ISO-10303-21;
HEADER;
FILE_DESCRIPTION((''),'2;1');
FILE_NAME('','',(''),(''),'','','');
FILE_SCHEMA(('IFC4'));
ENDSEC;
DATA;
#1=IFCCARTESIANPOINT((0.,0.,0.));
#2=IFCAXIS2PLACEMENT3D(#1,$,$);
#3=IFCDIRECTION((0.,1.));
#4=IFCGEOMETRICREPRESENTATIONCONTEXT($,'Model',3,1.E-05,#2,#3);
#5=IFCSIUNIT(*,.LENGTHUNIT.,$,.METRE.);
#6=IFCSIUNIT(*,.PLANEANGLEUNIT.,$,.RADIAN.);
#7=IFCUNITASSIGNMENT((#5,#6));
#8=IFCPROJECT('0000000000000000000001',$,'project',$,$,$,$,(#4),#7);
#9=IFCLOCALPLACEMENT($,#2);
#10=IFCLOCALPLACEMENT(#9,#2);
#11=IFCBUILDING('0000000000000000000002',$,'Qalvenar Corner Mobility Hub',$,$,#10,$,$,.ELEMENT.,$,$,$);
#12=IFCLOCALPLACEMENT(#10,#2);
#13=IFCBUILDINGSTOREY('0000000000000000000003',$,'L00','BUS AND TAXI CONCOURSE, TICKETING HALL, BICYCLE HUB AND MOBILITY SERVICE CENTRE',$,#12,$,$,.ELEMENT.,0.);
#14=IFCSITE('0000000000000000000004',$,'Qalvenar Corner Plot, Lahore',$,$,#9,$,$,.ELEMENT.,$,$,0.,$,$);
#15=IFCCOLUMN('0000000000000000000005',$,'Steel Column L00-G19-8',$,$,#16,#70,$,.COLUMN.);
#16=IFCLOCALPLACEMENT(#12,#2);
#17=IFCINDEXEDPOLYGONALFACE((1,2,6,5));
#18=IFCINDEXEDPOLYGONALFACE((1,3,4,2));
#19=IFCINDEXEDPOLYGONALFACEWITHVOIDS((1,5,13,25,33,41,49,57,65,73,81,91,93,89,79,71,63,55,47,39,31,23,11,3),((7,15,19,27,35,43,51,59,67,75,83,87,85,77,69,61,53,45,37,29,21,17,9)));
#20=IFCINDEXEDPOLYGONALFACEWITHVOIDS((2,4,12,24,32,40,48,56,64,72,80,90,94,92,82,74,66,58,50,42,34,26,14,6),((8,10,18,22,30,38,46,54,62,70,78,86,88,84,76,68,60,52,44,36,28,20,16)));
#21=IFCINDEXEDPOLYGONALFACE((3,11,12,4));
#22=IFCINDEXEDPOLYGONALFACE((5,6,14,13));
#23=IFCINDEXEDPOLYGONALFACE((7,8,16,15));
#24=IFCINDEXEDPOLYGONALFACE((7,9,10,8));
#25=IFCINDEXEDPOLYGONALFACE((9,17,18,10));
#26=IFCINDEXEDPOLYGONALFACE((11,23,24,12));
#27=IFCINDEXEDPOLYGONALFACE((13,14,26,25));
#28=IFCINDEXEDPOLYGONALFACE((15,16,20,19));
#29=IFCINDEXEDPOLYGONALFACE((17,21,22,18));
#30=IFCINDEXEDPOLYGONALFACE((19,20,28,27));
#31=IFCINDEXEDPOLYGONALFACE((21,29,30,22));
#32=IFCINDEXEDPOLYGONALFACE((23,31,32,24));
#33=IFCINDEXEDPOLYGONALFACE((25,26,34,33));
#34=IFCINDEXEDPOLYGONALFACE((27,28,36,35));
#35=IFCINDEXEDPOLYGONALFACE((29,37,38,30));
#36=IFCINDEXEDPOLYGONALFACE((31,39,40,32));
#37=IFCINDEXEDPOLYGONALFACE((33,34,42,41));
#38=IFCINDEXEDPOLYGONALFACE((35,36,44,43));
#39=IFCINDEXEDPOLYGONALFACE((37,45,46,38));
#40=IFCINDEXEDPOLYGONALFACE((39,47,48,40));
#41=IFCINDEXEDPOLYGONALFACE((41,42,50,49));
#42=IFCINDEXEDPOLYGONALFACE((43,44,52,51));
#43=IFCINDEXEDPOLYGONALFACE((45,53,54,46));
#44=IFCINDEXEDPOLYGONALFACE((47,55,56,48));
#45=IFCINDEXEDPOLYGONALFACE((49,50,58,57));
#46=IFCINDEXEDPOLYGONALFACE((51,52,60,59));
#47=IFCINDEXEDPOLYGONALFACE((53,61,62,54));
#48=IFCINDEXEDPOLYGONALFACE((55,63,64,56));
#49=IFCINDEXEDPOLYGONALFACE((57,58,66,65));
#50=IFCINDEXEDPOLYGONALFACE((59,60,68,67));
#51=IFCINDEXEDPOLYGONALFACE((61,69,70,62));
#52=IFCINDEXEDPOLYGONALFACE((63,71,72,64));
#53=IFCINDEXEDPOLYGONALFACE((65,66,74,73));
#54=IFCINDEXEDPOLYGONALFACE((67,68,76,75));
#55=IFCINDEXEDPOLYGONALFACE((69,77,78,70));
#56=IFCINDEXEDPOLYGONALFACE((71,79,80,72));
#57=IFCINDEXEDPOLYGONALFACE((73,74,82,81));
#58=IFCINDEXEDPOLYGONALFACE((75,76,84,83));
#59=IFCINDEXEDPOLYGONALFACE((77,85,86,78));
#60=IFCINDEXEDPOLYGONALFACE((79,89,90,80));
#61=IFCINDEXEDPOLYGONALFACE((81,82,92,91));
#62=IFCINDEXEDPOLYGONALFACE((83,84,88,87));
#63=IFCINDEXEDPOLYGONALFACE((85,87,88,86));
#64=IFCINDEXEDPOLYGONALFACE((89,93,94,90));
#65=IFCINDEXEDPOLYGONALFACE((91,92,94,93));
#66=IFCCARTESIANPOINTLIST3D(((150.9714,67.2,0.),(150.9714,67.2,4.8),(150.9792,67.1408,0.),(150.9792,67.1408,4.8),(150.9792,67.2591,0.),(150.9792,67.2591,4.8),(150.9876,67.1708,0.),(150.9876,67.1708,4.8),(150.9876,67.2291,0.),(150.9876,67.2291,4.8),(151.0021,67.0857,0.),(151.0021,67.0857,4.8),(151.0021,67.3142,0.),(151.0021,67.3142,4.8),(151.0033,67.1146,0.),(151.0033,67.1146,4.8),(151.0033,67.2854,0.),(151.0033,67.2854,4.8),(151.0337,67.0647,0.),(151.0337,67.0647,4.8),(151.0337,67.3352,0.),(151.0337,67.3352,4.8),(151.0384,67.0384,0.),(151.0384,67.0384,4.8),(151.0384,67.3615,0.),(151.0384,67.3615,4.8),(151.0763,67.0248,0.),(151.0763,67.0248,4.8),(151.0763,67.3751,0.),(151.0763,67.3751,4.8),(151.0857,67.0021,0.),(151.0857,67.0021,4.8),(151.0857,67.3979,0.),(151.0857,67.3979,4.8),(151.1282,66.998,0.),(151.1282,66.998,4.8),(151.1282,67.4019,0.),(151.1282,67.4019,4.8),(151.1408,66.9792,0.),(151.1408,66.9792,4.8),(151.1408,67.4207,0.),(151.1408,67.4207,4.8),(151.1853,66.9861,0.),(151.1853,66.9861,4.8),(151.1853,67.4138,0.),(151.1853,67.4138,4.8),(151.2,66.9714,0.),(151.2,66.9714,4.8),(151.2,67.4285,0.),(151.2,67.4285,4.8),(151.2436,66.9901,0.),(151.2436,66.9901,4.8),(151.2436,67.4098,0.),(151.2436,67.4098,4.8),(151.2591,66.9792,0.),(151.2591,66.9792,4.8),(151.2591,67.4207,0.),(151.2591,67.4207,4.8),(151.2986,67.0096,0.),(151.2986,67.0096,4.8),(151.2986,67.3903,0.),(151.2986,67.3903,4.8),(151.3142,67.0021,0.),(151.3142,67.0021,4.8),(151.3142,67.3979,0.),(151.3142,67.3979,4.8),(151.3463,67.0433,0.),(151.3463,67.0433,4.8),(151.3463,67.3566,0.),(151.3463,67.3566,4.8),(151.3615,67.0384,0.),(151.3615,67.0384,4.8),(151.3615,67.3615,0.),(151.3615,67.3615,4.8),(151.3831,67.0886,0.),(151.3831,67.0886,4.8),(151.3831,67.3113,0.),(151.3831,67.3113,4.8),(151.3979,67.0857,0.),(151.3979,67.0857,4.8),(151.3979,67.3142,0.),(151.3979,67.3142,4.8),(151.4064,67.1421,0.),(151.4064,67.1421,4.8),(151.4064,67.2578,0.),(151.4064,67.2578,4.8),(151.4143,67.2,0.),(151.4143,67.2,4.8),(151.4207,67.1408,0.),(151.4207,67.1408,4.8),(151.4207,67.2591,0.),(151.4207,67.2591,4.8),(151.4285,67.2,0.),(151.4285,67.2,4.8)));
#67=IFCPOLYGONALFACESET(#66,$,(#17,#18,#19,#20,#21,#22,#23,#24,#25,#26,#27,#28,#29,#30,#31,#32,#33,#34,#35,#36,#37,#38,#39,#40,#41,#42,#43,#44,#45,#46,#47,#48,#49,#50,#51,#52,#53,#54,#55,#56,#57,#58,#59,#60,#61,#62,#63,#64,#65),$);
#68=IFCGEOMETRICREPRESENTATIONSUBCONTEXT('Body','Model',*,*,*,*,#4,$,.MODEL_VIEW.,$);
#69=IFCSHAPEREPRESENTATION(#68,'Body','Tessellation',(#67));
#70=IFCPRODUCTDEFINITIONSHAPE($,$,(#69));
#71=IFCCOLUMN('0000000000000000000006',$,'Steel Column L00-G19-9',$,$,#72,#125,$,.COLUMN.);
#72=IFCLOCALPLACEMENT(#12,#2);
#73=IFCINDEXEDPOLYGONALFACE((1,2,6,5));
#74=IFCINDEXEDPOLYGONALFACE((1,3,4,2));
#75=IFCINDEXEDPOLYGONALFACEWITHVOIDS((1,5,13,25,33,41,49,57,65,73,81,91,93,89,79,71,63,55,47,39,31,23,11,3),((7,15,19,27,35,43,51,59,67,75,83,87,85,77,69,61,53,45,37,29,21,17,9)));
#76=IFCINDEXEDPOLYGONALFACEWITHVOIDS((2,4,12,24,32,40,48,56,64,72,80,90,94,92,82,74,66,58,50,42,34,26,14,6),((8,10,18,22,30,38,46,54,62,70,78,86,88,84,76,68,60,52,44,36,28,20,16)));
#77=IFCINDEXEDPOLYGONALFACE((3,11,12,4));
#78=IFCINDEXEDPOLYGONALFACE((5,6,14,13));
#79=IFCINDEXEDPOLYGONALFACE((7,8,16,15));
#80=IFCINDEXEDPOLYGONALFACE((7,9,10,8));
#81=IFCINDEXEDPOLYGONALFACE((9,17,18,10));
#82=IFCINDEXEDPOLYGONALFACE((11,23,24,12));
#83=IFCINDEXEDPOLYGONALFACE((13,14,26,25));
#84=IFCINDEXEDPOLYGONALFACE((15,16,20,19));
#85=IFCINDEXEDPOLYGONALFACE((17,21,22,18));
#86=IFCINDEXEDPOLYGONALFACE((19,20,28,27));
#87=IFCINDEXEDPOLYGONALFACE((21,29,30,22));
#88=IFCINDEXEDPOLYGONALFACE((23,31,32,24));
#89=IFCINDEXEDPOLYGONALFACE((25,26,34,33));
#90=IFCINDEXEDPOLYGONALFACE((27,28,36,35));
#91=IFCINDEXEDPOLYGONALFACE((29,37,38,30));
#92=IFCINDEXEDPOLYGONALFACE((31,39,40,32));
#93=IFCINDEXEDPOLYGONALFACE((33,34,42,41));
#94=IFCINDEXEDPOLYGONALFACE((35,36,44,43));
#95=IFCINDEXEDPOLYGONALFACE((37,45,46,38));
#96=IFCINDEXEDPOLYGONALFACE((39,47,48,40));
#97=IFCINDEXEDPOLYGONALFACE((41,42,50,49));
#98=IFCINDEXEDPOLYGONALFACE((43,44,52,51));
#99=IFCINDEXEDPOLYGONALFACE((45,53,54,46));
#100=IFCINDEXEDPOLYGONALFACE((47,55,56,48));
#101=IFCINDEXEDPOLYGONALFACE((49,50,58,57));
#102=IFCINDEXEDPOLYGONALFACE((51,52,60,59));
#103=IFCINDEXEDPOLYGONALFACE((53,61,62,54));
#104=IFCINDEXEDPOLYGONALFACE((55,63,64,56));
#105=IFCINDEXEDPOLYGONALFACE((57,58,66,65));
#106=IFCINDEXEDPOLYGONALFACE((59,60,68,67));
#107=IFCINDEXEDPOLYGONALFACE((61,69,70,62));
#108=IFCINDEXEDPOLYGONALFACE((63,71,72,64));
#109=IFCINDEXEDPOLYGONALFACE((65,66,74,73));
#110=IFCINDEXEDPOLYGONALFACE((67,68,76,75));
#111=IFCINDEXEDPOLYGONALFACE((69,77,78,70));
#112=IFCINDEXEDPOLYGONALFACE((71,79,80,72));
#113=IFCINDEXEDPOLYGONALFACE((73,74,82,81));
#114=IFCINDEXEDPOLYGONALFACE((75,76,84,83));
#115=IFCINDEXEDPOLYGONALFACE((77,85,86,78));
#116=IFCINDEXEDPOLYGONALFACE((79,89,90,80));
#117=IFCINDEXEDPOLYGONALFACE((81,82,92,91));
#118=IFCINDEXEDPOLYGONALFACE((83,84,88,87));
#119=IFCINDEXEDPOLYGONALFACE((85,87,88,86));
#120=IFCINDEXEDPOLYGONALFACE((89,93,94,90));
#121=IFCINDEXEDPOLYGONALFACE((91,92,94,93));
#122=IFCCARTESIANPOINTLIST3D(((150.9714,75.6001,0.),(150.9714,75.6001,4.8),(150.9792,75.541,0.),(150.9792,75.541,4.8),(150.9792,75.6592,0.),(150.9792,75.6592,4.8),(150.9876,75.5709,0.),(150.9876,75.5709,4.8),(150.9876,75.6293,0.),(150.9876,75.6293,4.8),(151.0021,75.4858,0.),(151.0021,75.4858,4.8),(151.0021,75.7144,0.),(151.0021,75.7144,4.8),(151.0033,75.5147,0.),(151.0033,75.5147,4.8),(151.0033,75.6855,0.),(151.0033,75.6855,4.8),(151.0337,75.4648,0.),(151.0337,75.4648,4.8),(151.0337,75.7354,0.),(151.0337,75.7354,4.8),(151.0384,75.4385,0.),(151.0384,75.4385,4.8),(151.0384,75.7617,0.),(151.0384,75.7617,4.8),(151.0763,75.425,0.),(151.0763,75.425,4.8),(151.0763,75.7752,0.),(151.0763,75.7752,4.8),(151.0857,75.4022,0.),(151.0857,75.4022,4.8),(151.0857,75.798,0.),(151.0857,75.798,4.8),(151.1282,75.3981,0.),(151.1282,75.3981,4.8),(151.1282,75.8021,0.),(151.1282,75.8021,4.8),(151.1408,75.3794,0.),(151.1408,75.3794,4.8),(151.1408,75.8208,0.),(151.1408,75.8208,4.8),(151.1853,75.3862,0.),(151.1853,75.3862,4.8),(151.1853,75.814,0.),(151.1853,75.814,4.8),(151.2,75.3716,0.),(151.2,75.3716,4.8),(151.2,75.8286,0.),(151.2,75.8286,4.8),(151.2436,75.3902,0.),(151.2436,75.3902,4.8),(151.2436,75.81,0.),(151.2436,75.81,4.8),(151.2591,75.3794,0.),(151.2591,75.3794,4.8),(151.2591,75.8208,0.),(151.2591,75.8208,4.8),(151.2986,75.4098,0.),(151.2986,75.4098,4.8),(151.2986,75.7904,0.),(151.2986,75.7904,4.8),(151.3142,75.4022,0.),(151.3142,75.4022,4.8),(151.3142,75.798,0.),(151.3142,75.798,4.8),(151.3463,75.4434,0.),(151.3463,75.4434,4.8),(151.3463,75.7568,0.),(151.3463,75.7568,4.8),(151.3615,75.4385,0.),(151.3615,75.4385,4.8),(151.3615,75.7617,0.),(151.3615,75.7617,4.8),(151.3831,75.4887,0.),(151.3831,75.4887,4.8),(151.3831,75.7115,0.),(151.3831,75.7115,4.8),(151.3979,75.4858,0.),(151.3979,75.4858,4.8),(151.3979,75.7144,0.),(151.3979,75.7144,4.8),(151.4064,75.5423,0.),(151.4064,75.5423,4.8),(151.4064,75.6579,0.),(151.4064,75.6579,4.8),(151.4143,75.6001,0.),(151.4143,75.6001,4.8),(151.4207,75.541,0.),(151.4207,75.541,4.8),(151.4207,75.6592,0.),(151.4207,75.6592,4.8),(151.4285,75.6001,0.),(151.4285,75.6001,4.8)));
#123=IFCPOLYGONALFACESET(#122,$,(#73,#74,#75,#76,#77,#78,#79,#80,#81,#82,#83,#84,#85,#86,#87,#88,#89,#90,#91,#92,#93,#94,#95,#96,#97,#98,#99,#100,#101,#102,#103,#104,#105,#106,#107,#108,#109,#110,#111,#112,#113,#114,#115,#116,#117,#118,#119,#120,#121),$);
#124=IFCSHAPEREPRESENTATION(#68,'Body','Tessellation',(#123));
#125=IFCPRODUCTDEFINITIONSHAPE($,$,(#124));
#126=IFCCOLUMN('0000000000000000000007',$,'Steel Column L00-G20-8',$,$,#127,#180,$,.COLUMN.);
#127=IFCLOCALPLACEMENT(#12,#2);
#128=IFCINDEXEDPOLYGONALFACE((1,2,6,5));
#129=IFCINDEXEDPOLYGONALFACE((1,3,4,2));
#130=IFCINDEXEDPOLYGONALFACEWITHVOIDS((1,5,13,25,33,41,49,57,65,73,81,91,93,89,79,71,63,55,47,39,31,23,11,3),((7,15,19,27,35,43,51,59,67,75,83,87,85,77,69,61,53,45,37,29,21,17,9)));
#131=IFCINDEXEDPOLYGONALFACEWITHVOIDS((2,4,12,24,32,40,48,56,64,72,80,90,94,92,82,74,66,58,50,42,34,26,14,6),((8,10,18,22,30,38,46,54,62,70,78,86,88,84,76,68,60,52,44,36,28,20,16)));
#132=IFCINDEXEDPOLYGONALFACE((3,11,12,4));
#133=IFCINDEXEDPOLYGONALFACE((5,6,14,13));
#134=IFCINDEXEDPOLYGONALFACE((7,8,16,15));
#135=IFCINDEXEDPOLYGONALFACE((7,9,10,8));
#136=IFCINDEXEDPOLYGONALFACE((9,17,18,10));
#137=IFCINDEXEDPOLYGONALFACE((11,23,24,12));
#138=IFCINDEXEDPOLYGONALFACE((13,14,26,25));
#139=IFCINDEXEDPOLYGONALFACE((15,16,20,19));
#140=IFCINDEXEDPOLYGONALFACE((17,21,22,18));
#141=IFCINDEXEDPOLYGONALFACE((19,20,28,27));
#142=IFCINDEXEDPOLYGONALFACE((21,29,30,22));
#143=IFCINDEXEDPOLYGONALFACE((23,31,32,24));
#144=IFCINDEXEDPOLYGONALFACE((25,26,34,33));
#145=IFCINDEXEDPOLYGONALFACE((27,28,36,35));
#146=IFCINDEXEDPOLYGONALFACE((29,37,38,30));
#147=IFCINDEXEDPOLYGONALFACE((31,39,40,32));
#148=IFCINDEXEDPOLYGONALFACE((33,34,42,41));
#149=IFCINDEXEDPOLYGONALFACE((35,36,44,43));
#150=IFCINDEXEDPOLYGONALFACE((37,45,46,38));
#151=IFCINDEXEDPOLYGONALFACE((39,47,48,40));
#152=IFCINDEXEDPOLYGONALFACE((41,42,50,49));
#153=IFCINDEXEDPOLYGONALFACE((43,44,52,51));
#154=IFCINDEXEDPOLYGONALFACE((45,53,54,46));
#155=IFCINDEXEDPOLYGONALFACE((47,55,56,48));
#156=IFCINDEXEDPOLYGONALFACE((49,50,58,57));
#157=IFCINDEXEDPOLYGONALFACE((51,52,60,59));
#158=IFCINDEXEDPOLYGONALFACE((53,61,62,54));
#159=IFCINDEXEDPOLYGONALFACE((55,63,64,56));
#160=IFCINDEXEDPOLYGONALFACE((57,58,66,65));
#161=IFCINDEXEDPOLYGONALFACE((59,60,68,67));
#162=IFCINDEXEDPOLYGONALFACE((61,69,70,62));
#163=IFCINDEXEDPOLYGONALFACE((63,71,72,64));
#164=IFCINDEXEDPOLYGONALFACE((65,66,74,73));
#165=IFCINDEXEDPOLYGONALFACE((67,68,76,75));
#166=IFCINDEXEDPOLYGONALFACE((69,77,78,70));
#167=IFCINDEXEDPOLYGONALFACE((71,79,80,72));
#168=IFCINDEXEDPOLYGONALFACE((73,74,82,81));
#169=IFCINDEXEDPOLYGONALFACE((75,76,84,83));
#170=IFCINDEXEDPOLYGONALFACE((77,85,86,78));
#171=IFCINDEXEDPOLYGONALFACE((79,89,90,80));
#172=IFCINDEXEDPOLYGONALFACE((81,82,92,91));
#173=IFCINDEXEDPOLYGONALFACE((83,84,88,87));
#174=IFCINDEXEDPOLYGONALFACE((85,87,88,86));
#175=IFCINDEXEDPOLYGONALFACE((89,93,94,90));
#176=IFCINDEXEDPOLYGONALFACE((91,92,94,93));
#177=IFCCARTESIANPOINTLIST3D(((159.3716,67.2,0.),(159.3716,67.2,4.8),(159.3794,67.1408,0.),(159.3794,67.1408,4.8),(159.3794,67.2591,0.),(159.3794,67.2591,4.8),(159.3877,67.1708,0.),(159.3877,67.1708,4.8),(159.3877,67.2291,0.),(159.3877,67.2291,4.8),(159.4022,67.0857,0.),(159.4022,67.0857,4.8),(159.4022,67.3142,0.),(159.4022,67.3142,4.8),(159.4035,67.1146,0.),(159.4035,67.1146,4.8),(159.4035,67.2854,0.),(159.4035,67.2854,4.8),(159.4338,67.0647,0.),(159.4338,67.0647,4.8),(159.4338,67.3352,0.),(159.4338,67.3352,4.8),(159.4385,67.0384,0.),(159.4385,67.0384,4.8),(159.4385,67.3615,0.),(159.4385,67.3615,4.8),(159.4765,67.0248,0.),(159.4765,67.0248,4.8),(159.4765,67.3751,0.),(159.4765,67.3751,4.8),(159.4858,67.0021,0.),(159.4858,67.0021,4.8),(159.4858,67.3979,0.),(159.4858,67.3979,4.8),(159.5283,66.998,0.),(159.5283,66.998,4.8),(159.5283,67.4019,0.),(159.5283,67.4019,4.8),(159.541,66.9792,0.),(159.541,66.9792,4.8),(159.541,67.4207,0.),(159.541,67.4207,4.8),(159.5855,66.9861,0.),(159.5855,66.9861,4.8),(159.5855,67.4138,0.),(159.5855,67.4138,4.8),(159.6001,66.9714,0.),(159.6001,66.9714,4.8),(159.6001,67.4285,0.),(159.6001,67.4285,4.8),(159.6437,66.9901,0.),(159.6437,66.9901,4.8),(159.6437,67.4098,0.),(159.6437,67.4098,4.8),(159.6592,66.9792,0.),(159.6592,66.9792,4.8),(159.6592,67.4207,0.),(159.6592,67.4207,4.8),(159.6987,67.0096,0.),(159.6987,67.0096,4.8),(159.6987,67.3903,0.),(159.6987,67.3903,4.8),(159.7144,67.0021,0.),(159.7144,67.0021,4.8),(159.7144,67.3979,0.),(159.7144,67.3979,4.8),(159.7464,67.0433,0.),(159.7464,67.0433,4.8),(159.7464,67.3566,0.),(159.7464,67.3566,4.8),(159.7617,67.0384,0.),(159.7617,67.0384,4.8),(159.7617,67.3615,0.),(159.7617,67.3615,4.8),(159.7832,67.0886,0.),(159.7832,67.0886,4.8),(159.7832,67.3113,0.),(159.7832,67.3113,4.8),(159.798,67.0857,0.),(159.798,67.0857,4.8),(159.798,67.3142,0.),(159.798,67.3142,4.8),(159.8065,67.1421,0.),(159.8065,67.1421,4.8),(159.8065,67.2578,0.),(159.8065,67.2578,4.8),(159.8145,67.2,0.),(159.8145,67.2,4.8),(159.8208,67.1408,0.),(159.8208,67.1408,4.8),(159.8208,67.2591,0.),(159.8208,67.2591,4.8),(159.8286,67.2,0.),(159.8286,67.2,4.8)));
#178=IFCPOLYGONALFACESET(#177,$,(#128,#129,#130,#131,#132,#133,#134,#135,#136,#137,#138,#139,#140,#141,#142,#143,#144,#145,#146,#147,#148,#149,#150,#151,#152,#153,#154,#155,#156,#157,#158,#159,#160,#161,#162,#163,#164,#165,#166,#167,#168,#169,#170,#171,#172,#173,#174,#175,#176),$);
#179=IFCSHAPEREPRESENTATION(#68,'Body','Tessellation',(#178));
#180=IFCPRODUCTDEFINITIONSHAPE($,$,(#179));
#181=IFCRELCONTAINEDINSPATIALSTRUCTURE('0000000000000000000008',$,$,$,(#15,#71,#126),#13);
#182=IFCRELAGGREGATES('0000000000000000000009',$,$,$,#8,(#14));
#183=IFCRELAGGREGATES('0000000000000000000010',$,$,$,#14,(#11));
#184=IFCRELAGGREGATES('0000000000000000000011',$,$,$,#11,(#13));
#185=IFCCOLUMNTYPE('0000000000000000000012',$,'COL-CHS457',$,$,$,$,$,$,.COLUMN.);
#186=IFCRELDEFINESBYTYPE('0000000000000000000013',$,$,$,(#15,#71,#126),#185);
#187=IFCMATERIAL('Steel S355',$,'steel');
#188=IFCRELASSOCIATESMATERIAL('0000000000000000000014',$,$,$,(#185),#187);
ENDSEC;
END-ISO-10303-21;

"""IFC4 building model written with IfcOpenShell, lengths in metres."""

from ifc_helpers import new_model, si_unit, direction, frame, origin, origin_2d, place, context, subcontext, project, spatial, hollow_circle, extrude, material, material_profile, profile_set, type_object, element, save


model = new_model("IFC4")

# Units and contexts
model_context = context("Model", 3, precision=1e-05, world=origin(), true_north=direction((0.0, 1.0)))
body_context = subcontext(model_context, "Body", "Model", "MODEL_VIEW")
ifc_project = project(units=[si_unit("LENGTHUNIT", "METRE"), si_unit("PLANEANGLEUNIT", "RADIAN")], contexts=[model_context])

# Site, building, storey
site_placement = place(None, origin())
site = spatial("IfcSite", under=ifc_project, at=site_placement, Name="Qalvenar Corner Plot, Lahore", CompositionType="ELEMENT", RefElevation=0.0)
building_placement = place(site_placement, origin())
building = spatial("IfcBuilding", under=site, at=building_placement, Name="Qalvenar Corner Mobility Hub", CompositionType="ELEMENT")
storey_placement = place(building_placement, origin())
storey = spatial("IfcBuildingStorey", under=building, at=storey_placement, Name="L00", Description="BUS AND TAXI CONCOURSE, TICKETING HALL, BICYCLE HUB AND MOBILITY SERVICE CENTRE", CompositionType="ELEMENT", Elevation=0.0)

# Columns
ifc_material_1 = material(Name="Steel S355", Category="steel")
ifc_material_profile_1 = material_profile(ifc_material_1, hollow_circle(Radius=0.2285, WallThickness=0.0142, at=origin_2d()), Name="CHS457x14.2")
ifc_profile_set_1 = profile_set([ifc_material_profile_1], Name="Steel S355")
column_type = type_object("IfcColumnType", Name="COL-CHS457", PredefinedType="COLUMN", material=ifc_profile_set_1)
for number, where, z_axis, x_axis, name in (
    (1, (151.2, 67.2, 0.0), (0.0, 0.0, 1.0), (1.0, 0.0, 0.0), "Steel Column L00-G19-8"),
    (2, (151.2, 75.6001, 0.0), (0.0, 0.0, 1.0), (1.0, 0.0, 0.0), "Steel Column L00-G19-9"),
    (3, (159.6001, 67.2, 0.0), (0.0, 0.0, 1.0), (1.0, 0.0, 0.0), "Steel Column L00-G20-8"),
):
    element("IfcColumn", number, at=place(storey_placement, frame(where, z_axis=z_axis, x_axis=x_axis)), inside=storey, type_object=column_type, Name=name, PredefinedType="COLUMN", context=body_context, shape_type="SweptSolid", body=[
        extrude(hollow_circle(Radius=0.2285, WallThickness=0.0142, at=origin_2d()), origin(), (0.0, 0.0, 1.0), 4.8),
    ])

save(model, "model.ifc")
